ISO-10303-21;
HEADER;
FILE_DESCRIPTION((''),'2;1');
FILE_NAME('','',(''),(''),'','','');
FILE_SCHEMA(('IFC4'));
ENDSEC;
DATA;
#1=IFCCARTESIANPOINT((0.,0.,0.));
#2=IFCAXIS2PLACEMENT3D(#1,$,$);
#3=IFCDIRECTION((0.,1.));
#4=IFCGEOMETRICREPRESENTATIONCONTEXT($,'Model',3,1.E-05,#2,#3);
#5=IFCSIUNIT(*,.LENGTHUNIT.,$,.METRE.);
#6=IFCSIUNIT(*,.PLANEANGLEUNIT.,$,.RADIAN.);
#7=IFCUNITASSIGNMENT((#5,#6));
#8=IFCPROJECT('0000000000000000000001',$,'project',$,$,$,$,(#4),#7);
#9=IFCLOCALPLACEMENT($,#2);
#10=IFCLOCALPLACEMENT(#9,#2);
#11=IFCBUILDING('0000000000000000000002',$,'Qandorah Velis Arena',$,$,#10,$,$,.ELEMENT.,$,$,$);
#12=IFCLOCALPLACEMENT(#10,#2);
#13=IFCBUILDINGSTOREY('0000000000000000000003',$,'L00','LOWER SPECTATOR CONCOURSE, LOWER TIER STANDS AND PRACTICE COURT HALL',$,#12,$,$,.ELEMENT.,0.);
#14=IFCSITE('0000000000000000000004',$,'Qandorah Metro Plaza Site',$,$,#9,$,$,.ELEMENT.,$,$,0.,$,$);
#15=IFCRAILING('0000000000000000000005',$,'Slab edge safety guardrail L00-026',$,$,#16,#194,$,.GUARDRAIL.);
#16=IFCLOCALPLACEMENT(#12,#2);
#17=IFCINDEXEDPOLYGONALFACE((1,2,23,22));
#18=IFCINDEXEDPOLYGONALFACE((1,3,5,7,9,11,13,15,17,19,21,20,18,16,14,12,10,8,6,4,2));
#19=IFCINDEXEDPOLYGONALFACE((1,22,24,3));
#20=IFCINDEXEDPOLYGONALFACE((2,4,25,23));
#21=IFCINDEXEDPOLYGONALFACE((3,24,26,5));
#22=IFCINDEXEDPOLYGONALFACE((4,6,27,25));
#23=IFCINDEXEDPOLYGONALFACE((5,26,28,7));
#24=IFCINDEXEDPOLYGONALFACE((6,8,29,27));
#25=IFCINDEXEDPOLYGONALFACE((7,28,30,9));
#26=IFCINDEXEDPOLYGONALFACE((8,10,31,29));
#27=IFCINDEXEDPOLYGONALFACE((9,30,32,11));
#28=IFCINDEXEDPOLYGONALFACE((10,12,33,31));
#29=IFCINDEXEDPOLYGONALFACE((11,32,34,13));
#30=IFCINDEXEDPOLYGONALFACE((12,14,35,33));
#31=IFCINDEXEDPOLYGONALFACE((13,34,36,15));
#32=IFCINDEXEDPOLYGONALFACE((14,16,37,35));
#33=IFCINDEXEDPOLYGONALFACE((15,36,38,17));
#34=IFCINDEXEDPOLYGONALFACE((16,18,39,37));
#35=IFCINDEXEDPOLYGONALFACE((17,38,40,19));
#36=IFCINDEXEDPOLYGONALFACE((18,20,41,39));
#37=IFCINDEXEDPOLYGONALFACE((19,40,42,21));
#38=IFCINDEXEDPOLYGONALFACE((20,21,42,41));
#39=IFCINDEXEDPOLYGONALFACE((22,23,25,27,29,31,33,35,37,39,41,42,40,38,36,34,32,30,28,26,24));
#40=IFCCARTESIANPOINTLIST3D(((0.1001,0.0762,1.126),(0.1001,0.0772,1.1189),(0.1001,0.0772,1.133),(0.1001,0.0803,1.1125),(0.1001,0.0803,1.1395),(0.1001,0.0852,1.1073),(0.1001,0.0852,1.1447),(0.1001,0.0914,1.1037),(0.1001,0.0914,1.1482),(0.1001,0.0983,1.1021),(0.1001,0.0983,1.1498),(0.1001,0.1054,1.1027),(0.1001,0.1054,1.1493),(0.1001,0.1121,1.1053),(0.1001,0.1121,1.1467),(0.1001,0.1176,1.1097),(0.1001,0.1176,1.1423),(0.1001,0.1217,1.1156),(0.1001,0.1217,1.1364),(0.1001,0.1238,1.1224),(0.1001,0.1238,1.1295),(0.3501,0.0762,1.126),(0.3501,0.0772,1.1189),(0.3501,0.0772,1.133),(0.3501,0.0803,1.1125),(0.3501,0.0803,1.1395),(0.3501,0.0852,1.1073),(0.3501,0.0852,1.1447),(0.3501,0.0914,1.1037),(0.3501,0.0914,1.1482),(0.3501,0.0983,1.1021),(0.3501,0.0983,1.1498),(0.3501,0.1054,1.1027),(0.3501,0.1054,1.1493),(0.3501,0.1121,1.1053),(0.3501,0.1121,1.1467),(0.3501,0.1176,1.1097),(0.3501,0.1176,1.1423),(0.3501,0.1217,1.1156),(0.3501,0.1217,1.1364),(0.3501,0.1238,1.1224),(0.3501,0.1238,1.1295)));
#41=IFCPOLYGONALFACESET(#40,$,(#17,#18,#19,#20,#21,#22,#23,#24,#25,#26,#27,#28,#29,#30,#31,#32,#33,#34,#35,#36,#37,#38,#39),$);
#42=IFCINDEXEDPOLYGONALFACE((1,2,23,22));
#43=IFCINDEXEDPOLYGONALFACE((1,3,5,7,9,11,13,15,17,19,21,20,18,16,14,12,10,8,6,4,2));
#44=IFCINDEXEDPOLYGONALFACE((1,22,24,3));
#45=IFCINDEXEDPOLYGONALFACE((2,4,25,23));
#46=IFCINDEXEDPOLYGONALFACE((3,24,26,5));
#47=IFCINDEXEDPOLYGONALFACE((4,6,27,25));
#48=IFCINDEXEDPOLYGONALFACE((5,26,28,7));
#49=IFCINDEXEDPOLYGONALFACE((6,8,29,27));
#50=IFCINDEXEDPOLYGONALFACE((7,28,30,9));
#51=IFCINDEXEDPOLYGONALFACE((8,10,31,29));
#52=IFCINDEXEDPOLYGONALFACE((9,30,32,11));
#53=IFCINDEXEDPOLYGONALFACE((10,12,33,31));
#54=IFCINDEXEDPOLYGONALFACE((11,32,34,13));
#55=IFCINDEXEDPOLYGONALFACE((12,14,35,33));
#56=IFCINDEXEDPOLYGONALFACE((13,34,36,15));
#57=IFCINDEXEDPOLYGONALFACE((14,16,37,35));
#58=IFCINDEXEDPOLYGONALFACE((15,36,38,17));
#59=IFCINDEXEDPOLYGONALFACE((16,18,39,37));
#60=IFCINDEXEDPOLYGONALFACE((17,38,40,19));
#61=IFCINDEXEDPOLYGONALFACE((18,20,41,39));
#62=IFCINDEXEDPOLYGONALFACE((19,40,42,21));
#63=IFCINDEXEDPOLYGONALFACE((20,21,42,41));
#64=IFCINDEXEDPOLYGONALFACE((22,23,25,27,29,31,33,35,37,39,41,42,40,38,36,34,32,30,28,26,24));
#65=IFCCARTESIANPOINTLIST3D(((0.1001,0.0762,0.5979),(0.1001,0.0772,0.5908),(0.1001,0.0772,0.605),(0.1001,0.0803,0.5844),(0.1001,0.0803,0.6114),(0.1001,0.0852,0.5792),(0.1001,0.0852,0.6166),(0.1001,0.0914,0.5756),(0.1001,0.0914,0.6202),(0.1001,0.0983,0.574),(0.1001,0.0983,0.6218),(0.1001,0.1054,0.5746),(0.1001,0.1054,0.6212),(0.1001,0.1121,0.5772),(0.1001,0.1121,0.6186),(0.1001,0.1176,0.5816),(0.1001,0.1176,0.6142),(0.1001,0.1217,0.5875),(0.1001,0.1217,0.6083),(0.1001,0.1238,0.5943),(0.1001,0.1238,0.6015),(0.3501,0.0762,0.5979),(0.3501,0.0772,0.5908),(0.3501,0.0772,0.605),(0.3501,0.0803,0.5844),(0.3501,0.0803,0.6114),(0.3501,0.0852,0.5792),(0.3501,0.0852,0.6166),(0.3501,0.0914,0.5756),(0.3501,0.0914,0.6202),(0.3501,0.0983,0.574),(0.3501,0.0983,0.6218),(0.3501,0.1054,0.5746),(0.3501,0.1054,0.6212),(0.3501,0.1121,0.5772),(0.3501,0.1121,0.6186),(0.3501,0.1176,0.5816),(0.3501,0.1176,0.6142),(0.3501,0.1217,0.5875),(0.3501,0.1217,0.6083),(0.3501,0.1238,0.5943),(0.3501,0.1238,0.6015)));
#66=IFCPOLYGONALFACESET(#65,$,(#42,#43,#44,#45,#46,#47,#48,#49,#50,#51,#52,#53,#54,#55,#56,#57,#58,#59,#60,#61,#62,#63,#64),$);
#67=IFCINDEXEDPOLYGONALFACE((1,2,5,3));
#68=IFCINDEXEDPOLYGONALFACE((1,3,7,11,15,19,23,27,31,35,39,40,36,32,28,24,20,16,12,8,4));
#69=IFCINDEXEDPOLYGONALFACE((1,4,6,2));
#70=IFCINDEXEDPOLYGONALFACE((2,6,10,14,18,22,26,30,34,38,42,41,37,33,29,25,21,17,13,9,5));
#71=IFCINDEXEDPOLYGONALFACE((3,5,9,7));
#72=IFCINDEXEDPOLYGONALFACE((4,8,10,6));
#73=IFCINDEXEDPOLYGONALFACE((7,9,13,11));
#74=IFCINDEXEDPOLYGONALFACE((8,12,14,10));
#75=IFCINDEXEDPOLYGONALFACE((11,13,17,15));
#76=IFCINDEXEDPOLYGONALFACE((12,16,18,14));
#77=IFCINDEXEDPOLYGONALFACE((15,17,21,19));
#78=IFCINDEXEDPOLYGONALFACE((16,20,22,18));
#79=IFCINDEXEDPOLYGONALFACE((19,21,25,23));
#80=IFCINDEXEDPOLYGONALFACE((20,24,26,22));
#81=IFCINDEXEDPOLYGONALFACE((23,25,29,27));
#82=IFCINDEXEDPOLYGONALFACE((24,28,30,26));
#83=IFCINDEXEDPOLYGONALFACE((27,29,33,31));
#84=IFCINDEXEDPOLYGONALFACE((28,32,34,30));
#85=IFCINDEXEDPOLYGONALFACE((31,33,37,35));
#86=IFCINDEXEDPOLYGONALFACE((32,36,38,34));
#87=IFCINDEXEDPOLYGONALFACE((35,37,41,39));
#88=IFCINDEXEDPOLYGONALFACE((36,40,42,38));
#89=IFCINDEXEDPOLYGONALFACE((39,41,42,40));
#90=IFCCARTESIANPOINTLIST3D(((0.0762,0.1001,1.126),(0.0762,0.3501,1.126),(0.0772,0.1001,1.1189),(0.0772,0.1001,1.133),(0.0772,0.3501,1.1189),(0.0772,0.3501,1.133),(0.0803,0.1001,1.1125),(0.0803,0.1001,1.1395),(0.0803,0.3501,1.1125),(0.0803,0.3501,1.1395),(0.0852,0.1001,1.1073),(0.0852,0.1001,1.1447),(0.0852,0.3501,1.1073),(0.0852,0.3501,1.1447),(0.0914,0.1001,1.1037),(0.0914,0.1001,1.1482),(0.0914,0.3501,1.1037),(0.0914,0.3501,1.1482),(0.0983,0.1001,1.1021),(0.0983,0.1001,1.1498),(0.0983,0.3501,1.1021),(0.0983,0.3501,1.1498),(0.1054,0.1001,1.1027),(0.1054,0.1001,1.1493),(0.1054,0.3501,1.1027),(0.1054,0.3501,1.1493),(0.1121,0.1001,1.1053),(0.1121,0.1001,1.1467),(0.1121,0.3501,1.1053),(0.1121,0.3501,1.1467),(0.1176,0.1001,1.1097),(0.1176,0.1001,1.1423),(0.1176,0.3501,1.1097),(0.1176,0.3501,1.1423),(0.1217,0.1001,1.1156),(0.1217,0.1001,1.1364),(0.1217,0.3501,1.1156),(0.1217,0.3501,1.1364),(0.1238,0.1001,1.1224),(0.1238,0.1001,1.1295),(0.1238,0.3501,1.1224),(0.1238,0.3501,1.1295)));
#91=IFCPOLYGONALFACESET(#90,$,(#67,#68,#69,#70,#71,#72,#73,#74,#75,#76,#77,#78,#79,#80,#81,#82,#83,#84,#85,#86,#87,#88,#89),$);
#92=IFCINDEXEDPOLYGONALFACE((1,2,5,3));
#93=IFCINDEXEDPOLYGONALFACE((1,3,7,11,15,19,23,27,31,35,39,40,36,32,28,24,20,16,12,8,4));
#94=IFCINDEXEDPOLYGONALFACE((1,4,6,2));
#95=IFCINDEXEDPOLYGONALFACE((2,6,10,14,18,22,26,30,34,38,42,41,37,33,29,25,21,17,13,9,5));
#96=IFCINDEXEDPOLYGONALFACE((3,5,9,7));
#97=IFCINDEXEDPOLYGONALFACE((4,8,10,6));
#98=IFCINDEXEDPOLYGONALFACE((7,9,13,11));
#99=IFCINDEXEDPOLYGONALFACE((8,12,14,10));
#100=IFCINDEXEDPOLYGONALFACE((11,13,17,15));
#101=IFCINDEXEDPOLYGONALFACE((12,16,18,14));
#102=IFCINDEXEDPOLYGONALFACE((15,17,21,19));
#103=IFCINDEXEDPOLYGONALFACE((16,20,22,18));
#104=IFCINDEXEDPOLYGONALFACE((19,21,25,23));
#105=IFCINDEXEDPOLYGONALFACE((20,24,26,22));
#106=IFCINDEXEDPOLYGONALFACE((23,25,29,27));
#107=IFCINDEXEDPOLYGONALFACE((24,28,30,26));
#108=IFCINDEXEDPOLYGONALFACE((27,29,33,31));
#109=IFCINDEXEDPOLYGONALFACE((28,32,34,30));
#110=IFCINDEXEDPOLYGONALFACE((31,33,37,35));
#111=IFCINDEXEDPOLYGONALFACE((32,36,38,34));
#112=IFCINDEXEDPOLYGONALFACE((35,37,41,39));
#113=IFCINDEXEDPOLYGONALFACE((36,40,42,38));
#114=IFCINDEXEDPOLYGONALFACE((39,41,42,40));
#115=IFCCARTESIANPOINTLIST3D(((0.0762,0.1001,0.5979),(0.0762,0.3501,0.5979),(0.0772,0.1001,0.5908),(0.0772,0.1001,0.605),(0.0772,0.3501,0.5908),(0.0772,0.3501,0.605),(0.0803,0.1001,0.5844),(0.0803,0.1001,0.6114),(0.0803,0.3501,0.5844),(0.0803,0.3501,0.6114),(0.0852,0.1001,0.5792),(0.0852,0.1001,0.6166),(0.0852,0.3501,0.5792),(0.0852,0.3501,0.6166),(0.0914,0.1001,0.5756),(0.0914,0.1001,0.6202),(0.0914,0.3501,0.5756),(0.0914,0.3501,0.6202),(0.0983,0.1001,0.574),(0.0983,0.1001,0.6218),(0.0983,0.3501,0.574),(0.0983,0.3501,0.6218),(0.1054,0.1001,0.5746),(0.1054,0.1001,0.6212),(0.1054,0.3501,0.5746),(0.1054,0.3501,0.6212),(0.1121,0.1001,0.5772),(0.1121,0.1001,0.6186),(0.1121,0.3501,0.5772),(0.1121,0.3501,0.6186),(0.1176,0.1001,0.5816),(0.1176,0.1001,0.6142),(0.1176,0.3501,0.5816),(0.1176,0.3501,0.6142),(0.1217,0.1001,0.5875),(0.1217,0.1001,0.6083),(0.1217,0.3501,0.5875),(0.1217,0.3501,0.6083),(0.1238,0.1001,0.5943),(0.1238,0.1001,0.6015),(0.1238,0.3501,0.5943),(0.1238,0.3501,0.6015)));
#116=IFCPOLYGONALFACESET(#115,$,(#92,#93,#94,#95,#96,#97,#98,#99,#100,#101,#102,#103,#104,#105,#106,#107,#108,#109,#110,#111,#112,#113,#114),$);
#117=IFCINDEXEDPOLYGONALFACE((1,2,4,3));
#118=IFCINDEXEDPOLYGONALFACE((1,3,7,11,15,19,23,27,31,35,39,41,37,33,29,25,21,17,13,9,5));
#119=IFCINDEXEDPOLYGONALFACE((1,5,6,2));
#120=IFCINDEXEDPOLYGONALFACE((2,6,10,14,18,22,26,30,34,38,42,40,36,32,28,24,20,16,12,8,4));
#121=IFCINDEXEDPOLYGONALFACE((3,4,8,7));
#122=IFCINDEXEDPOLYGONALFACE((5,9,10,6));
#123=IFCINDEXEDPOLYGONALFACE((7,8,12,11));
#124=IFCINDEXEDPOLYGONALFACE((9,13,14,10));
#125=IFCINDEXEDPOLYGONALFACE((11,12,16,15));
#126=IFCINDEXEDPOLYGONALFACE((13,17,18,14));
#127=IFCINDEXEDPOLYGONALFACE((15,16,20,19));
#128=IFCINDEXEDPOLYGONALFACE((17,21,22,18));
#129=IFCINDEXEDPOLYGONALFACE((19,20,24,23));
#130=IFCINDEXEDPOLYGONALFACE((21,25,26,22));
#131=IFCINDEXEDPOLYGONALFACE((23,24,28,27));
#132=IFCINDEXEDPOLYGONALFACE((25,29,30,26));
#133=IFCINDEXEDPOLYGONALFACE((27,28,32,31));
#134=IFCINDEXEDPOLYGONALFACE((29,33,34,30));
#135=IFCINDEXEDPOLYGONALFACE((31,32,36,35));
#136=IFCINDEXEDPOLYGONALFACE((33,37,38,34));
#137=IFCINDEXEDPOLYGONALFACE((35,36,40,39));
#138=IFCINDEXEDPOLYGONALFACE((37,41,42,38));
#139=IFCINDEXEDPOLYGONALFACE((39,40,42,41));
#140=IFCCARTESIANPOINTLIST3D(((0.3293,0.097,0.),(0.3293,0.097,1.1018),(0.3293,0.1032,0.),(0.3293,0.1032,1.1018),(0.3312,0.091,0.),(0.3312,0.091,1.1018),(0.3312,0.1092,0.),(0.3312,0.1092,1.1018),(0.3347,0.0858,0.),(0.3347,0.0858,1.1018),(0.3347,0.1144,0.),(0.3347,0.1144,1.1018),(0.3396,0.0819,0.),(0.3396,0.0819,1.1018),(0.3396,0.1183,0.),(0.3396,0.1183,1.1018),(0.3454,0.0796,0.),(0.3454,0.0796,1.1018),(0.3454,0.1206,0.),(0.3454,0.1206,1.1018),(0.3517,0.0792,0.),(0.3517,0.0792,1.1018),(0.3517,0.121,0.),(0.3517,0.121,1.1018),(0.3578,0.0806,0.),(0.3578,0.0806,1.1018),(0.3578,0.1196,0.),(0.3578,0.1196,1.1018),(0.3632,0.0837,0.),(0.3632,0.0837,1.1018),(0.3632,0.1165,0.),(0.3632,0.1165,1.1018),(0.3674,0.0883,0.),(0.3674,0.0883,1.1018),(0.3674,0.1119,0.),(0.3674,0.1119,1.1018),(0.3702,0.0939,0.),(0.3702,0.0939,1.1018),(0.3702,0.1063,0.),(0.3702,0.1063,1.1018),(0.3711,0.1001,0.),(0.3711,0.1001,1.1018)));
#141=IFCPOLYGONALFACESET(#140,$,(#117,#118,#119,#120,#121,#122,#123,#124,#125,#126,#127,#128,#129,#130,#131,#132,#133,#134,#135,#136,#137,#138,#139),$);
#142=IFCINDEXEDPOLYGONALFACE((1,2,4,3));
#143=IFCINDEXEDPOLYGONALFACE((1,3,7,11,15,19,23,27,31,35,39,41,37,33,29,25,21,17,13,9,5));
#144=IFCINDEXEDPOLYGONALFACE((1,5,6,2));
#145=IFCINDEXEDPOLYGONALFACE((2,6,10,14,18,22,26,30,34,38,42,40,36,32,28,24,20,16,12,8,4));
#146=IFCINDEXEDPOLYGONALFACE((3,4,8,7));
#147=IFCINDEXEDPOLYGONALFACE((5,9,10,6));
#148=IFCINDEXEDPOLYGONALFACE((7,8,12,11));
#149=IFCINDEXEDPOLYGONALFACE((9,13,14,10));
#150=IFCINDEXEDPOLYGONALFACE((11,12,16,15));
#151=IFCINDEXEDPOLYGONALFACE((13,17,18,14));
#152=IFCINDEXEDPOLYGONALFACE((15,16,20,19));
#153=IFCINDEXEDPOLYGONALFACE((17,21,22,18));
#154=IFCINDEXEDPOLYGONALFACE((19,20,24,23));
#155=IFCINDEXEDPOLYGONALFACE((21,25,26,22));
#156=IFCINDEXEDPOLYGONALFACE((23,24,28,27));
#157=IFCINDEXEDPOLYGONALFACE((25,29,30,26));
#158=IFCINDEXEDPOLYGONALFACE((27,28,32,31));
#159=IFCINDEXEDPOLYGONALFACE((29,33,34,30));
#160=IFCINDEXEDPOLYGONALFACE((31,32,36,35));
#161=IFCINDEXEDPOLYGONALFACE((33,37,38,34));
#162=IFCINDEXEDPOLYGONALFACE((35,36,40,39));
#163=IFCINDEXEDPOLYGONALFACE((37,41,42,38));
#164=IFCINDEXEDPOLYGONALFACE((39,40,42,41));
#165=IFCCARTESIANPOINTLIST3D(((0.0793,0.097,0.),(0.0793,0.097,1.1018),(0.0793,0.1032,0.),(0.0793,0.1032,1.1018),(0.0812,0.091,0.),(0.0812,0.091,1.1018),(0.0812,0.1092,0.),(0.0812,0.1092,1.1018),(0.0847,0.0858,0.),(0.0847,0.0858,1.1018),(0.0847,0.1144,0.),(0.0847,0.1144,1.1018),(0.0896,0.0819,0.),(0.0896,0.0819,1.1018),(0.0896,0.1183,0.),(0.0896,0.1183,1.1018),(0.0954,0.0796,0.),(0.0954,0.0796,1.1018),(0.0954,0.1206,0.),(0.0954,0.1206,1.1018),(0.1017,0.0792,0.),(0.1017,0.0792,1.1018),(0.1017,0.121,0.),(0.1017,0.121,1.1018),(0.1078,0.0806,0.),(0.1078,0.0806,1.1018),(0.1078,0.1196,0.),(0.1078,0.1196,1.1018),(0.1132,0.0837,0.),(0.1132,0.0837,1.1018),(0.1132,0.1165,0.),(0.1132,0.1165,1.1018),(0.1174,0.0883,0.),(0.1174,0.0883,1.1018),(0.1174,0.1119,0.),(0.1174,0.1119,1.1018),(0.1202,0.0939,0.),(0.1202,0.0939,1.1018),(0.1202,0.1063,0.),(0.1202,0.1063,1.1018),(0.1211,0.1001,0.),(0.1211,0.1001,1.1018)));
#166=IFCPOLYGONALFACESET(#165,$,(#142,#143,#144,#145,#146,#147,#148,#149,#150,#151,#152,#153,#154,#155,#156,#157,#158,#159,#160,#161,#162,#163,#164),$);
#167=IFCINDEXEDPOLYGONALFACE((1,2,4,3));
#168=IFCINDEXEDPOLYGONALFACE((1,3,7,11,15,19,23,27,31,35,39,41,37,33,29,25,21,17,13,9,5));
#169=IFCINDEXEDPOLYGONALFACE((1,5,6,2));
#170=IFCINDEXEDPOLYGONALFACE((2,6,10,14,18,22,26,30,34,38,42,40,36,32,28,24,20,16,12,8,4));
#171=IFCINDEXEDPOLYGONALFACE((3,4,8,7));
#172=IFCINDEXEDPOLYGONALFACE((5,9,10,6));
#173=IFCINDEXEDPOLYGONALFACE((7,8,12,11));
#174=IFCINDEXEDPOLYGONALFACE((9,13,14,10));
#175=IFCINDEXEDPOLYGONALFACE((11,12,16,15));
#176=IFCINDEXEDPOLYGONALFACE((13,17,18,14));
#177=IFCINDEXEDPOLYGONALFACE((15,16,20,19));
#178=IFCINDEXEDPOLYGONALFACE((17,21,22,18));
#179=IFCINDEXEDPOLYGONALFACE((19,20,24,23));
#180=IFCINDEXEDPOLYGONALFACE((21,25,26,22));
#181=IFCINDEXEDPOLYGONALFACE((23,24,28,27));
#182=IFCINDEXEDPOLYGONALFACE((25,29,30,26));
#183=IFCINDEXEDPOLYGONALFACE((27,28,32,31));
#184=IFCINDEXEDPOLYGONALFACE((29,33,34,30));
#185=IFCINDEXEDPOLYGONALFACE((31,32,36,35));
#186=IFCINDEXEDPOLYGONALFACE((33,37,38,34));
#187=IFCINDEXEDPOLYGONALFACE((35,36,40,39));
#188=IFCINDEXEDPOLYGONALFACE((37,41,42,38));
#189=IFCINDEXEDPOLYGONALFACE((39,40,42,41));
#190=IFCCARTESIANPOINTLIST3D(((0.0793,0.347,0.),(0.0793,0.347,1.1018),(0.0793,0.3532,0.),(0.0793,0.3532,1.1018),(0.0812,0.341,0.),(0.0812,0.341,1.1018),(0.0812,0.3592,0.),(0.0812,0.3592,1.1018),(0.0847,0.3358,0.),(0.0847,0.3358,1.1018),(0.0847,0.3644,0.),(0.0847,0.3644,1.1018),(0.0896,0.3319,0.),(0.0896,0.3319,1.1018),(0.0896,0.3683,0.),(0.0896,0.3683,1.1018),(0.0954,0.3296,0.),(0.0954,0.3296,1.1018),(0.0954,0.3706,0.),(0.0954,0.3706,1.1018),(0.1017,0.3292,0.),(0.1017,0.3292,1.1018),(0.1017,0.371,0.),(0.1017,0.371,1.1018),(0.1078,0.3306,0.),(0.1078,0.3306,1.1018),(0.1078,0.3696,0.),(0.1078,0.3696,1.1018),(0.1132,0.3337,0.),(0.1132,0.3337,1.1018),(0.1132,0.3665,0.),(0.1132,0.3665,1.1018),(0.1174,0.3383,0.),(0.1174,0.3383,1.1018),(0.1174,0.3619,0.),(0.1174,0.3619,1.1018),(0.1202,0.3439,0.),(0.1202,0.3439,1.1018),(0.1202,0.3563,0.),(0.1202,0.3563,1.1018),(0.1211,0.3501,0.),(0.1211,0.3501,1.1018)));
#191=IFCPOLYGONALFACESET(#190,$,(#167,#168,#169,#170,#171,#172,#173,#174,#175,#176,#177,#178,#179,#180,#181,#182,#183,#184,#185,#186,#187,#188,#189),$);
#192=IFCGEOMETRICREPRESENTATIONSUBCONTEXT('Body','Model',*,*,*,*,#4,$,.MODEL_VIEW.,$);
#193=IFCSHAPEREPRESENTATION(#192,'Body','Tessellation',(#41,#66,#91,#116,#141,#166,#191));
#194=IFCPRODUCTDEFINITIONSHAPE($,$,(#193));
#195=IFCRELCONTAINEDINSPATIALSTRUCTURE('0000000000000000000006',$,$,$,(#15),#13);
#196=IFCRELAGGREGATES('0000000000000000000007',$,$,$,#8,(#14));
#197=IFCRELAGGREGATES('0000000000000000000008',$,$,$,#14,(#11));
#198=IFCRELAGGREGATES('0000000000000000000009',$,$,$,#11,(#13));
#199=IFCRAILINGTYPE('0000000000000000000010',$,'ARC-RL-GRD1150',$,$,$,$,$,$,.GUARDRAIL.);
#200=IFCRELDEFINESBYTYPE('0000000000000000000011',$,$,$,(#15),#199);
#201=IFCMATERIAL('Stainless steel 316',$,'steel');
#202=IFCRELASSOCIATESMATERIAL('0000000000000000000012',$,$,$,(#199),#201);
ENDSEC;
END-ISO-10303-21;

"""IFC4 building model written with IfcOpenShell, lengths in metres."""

from ifc_helpers import new_model, si_unit, direction, frame, origin, origin_2d, place, context, subcontext, project, spatial, circle, extrude, material, type_object, element, save


model = new_model("IFC4")

# Units and contexts
model_context = context("Model", 3, precision=1e-05, world=origin(), true_north=direction((0.0, 1.0)))
body_context = subcontext(model_context, "Body", "Model", "MODEL_VIEW")
ifc_project = project(units=[si_unit("LENGTHUNIT", "METRE"), si_unit("PLANEANGLEUNIT", "RADIAN")], contexts=[model_context])

# Site, building, storey
site_placement = place(None, origin())
site = spatial("IfcSite", under=ifc_project, at=site_placement, Name="Qandorah Metro Plaza Site", CompositionType="ELEMENT", RefElevation=0.0)
building_placement = place(site_placement, origin())
building = spatial("IfcBuilding", under=site, at=building_placement, Name="Qandorah Velis Arena", CompositionType="ELEMENT")
storey_placement = place(building_placement, origin())
storey = spatial("IfcBuildingStorey", under=building, at=storey_placement, Name="L00", Description="LOWER SPECTATOR CONCOURSE, LOWER TIER STANDS AND PRACTICE COURT HALL", CompositionType="ELEMENT", Elevation=0.0)

# Railing
ifc_material_1 = material(Name="Stainless steel 316", Category="steel")
railing_type = type_object("IfcRailingType", Name="ARC-RL-GRD1150", PredefinedType="GUARDRAIL", material=ifc_material_1)
railing_1_placement = place(storey_placement, frame((0.3501, 0.1001, 0.0)))
element("IfcRailing", 1, at=railing_1_placement, inside=storey, type_object=railing_type, Name="Slab edge safety guardrail L00-026", PredefinedType="GUARDRAIL", context=body_context, shape_type="SweptSolid", body=[
    extrude(circle(Radius=0.0239, at=origin_2d()), frame((0.0, 0.0, 1.126), z_axis=(-1.0, 0.0, 0.0), x_axis=(0.0, -1.0, 0.0)), (0.0, 0.0, 1.0), 0.25),
    extrude(circle(Radius=0.0239, at=origin_2d()), frame((0.0, 0.0, 0.5979), z_axis=(-1.0, 0.0, 0.0), x_axis=(0.0, -1.0, 0.0)), (0.0, 0.0, 1.0), 0.25),
    extrude(circle(Radius=0.0239, at=origin_2d()), frame((-0.25, 0.0, 1.126), z_axis=(0.0, 1.0, 0.0), x_axis=(-1.0, 0.0, 0.0)), (0.0, 0.0, 1.0), 0.25),
    extrude(circle(Radius=0.0239, at=origin_2d()), frame((-0.25, 0.0, 0.5979), z_axis=(0.0, 1.0, 0.0), x_axis=(-1.0, 0.0, 0.0)), (0.0, 0.0, 1.0), 0.25),
    extrude(circle(Radius=0.021, at=origin_2d()), origin(), (0.0, 0.0, 1.0), 1.1018),
    extrude(circle(Radius=0.021, at=origin_2d()), frame((-0.25, 0.0, 0.0)), (0.0, 0.0, 1.0), 1.1018),
    extrude(circle(Radius=0.021, at=origin_2d()), frame((-0.25, 0.25, 0.0)), (0.0, 0.0, 1.0), 1.1018),
])

save(model, "model.ifc")
